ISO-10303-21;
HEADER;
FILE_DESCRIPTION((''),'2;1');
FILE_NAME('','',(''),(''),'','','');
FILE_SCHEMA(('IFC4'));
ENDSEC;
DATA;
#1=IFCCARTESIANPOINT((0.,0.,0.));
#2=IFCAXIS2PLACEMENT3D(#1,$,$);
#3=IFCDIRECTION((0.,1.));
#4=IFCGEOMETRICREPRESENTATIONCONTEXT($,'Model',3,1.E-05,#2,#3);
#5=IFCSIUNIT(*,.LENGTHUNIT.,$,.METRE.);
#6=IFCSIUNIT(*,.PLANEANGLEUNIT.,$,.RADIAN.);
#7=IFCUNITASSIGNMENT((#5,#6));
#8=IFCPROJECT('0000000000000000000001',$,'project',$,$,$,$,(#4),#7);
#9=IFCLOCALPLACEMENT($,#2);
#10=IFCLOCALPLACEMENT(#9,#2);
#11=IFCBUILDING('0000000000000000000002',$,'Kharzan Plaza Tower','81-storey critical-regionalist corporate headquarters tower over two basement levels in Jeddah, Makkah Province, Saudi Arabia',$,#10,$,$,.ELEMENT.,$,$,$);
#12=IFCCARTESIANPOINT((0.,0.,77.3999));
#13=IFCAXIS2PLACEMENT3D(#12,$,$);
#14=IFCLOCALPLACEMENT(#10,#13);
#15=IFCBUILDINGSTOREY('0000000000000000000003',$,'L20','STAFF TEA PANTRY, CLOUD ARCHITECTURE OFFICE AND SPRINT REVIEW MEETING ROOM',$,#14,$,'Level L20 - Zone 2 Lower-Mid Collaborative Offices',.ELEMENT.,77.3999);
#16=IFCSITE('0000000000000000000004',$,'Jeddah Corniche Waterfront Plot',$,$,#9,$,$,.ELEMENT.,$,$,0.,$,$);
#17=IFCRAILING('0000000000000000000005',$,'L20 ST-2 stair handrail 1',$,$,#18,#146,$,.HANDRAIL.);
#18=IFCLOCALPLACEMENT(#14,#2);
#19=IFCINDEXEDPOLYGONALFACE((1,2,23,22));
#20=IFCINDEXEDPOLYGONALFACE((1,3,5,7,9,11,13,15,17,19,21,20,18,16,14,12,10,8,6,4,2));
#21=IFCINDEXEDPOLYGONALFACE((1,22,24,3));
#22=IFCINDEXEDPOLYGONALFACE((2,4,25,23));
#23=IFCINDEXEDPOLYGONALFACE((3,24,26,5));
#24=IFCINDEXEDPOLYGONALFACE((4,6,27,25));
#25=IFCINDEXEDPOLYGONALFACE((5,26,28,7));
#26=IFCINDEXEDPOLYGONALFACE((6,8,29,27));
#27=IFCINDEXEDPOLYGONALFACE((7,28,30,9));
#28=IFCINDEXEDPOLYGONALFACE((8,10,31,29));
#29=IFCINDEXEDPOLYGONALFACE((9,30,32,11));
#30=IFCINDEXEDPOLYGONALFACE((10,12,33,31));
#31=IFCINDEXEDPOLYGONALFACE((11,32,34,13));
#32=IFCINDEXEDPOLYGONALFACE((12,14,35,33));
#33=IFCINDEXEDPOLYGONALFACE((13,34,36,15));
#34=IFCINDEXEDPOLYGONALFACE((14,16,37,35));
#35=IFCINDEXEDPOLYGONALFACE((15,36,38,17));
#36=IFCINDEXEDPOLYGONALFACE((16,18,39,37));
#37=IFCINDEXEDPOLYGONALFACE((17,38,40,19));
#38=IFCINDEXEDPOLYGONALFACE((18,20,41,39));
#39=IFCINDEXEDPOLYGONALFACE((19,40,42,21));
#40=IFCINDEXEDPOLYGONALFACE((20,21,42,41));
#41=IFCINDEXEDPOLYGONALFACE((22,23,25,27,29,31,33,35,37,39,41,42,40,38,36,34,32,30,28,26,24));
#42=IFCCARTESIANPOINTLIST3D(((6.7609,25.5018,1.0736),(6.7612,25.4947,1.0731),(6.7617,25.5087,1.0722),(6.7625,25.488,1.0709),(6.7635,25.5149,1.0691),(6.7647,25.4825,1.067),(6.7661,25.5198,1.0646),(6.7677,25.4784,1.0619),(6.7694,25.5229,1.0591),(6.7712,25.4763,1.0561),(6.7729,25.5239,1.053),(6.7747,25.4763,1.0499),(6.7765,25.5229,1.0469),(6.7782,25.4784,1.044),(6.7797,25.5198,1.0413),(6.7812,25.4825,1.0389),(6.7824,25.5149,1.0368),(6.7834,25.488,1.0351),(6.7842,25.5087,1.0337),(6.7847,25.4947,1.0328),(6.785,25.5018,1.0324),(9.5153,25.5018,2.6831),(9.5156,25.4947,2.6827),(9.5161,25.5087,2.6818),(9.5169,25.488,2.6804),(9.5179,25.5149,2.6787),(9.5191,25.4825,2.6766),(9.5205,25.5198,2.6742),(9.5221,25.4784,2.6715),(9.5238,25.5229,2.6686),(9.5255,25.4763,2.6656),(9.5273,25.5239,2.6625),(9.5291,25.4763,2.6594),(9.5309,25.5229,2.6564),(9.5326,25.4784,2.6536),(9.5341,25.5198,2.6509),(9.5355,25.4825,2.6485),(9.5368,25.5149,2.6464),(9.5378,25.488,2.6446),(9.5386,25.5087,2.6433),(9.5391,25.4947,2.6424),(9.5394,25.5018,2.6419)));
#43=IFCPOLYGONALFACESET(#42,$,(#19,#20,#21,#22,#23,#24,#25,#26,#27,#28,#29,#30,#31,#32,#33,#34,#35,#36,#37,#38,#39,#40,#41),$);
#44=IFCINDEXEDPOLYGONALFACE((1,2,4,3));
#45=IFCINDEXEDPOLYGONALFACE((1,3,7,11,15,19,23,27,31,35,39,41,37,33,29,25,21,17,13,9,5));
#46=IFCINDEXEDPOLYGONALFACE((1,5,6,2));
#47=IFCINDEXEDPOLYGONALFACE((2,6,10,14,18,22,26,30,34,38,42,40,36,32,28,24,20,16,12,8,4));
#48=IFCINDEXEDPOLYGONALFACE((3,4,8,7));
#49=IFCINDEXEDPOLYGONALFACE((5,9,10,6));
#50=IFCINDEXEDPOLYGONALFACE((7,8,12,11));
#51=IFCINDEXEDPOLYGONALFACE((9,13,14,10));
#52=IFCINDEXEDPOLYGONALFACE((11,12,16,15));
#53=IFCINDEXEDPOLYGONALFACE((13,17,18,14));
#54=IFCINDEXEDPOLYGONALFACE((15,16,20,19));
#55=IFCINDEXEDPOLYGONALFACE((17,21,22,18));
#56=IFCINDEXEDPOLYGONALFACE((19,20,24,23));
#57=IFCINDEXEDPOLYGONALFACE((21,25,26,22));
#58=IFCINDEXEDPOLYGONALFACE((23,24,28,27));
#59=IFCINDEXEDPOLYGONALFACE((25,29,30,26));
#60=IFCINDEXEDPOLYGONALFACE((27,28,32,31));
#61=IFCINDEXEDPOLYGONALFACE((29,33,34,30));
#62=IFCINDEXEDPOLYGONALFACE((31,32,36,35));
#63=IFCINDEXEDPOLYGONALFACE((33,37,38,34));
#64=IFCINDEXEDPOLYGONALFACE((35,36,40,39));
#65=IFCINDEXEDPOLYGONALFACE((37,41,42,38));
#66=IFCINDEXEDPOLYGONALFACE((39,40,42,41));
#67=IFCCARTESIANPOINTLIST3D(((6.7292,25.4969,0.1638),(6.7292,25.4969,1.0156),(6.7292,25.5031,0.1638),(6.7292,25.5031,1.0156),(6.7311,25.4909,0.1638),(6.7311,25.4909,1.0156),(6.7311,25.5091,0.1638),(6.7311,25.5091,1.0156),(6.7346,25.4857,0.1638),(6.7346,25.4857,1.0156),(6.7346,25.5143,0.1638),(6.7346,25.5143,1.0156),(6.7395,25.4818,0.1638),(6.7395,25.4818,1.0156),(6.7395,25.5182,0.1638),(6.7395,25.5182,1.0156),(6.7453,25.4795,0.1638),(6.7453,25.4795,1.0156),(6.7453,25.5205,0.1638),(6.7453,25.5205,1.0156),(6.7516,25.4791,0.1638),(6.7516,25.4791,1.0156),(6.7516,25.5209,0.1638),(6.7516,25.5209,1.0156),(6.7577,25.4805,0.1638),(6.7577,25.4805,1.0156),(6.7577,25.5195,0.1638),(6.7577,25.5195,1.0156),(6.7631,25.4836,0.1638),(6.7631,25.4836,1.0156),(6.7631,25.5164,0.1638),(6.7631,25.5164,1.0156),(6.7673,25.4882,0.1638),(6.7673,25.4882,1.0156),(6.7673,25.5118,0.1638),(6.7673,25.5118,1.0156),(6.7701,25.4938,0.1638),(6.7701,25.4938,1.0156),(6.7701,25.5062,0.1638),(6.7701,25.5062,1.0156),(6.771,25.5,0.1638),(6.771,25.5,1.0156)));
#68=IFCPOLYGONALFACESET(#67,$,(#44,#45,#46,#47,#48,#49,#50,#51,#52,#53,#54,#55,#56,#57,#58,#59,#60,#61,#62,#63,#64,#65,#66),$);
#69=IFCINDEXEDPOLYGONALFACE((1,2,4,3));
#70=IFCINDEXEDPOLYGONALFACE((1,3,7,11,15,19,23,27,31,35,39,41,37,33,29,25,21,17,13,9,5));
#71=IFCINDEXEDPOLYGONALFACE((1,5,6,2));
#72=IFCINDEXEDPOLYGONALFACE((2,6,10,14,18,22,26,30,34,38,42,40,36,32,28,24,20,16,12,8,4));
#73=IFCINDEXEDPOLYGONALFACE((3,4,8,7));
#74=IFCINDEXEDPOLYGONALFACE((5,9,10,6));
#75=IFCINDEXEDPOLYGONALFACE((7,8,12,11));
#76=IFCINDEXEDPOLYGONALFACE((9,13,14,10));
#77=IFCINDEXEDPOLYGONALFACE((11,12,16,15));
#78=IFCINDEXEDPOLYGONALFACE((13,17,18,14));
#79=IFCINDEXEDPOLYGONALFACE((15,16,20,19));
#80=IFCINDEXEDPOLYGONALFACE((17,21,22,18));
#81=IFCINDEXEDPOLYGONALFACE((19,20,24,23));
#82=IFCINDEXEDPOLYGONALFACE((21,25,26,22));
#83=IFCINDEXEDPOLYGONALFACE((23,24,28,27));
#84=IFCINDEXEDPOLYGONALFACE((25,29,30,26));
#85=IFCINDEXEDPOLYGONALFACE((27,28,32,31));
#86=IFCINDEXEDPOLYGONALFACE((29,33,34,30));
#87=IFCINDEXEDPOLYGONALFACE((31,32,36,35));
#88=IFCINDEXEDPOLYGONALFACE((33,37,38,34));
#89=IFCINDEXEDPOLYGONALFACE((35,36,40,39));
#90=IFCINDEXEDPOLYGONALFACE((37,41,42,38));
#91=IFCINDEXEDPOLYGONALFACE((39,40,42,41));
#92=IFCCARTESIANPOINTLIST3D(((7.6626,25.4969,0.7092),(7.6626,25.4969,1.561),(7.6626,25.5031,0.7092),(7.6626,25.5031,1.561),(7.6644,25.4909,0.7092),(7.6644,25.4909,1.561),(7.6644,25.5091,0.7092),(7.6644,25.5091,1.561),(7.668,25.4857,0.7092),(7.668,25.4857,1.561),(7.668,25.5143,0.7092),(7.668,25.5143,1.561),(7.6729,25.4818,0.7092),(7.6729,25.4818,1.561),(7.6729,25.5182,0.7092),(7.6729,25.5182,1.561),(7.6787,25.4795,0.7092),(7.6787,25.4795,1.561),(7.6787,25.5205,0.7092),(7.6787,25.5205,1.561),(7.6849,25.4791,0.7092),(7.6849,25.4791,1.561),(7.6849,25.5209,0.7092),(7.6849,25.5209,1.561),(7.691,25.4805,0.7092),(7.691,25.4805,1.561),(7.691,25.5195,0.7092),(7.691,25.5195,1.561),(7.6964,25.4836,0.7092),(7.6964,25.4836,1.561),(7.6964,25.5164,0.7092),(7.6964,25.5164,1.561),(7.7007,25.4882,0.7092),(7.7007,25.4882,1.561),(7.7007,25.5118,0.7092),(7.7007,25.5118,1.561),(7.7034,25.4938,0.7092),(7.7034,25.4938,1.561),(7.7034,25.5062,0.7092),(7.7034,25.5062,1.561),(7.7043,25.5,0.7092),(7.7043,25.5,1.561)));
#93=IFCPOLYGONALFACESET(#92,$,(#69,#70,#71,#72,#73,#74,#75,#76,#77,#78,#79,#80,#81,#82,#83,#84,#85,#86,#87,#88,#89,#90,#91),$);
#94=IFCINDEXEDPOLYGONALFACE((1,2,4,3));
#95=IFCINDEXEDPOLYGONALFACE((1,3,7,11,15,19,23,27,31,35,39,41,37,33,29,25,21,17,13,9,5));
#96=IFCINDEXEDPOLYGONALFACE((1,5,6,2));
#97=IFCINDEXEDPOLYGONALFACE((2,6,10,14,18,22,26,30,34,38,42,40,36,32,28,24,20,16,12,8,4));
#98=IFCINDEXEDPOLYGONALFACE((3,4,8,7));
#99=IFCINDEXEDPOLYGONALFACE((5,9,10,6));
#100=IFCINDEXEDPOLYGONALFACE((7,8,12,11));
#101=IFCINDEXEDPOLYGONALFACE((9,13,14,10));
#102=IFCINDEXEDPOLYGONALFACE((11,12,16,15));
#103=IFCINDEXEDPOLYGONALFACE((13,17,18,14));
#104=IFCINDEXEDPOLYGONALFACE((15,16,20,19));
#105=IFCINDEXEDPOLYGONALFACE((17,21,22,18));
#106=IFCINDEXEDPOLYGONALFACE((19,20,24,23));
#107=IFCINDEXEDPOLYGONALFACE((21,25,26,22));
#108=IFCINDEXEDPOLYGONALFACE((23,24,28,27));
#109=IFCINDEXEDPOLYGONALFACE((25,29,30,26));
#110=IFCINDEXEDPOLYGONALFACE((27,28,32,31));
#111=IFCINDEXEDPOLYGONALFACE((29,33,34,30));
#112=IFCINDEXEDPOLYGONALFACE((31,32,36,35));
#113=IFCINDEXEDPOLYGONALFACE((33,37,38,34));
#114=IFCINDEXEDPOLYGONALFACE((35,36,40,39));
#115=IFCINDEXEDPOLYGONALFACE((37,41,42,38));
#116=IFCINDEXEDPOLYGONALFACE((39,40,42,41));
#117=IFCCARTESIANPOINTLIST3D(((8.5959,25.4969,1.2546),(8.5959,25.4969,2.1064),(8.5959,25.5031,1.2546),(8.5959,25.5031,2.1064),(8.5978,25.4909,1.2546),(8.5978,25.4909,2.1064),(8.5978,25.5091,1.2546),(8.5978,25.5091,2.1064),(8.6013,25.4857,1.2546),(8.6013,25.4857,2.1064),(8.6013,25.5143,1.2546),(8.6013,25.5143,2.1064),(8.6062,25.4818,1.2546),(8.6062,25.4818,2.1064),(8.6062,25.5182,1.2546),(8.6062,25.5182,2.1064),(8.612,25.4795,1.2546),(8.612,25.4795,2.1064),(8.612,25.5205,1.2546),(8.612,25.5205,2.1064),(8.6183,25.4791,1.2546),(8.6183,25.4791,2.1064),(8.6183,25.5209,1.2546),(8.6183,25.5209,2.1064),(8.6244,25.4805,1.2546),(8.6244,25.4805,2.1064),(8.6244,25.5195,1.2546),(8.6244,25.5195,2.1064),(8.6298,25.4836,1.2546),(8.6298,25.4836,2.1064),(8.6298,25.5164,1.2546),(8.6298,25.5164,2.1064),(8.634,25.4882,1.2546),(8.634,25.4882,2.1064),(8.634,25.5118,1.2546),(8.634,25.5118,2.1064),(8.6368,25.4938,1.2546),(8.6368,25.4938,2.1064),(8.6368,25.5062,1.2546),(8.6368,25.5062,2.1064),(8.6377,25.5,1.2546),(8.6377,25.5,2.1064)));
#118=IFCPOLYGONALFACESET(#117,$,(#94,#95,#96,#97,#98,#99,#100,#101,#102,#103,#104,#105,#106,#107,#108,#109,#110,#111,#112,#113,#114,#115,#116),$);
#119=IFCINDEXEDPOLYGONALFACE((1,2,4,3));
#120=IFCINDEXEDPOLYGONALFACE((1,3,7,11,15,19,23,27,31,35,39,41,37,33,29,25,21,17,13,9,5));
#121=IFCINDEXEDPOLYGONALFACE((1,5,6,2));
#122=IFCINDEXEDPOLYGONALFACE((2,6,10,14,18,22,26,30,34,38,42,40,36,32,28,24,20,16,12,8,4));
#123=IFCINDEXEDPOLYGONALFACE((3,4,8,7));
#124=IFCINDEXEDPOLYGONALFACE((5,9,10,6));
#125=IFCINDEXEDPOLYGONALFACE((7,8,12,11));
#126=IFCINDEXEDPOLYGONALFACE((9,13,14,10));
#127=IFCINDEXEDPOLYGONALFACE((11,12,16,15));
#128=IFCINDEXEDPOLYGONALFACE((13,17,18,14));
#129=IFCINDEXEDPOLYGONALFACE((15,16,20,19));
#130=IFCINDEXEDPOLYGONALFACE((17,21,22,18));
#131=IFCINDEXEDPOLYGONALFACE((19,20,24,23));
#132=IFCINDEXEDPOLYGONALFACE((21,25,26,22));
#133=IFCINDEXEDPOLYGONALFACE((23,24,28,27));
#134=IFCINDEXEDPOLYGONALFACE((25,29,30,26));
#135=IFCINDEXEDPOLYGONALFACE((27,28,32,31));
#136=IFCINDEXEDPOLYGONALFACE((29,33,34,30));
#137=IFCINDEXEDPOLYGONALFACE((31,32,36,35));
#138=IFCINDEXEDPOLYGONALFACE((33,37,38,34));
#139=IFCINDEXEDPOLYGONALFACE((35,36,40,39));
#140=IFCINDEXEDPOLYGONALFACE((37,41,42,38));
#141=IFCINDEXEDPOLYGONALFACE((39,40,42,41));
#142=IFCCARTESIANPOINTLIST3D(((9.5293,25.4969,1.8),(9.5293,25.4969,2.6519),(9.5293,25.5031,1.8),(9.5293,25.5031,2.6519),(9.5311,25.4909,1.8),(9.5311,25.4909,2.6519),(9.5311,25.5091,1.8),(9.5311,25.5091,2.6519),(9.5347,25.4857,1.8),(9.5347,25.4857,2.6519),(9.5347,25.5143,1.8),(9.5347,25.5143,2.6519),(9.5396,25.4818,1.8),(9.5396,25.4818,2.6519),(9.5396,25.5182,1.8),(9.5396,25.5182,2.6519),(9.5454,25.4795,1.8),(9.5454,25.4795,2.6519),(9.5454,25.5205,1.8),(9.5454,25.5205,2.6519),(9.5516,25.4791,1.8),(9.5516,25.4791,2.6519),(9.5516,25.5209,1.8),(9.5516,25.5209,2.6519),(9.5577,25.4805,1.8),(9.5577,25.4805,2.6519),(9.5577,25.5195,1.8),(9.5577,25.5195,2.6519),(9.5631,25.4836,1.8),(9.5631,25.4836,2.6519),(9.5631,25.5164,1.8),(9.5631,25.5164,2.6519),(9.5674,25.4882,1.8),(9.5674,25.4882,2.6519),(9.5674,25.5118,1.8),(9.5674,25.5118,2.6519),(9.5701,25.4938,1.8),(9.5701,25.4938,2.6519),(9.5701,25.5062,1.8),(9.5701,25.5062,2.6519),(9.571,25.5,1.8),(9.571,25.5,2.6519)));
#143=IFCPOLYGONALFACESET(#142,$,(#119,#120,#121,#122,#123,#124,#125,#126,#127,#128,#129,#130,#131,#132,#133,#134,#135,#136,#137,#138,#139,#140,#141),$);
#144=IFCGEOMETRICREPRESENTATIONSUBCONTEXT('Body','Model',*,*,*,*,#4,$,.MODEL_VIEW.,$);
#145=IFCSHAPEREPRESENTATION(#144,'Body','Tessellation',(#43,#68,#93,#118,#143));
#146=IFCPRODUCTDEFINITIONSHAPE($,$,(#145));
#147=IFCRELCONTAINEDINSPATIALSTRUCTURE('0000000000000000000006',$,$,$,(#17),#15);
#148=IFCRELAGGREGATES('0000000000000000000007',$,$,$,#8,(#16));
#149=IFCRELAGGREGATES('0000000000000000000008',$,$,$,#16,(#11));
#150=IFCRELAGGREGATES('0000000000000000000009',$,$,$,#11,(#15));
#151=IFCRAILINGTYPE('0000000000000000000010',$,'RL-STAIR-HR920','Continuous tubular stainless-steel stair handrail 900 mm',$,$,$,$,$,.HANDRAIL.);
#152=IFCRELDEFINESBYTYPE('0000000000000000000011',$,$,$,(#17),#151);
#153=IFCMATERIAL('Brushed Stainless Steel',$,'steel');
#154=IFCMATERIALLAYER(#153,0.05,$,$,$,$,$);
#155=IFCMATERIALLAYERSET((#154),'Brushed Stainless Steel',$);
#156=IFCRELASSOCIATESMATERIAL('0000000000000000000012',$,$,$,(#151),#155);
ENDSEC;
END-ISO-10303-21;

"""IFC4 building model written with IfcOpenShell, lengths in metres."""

from ifc_helpers import new_model, si_unit, direction, frame, origin, origin_2d, place, context, subcontext, project, spatial, circle, extrude, source, transform, mapped, material, layer, layer_set, type_object, element, save


model = new_model("IFC4")

# Units and contexts
model_context = context("Model", 3, precision=1e-05, world=origin(), true_north=direction((0.0, 1.0)))
body_context = subcontext(model_context, "Body", "Model", "MODEL_VIEW")
ifc_project = project(units=[si_unit("LENGTHUNIT", "METRE"), si_unit("PLANEANGLEUNIT", "RADIAN")], contexts=[model_context])

# Site, building, storey
site_placement = place(None, origin())
site = spatial("IfcSite", under=ifc_project, at=site_placement, Name="Jeddah Corniche Waterfront Plot", CompositionType="ELEMENT", RefElevation=0.0)
building_placement = place(site_placement, origin())
building = spatial("IfcBuilding", under=site, at=building_placement, Name="Kharzan Plaza Tower", Description="81-storey critical-regionalist corporate headquarters tower over two basement levels in Jeddah, Makkah Province, Saudi Arabia", CompositionType="ELEMENT")
storey_placement = place(building_placement, frame((0.0, 0.0, 77.3999)))
storey = spatial("IfcBuildingStorey", under=building, at=storey_placement, Name="L20", Description="STAFF TEA PANTRY, CLOUD ARCHITECTURE OFFICE AND SPRINT REVIEW MEETING ROOM", LongName="Level L20 - Zone 2 Lower-Mid Collaborative Offices", CompositionType="ELEMENT", Elevation=77.3999)

# Shared definitions
ifc_material_1 = material(Name="Brushed Stainless Steel", Category="steel")

# Railing
ifc_layer_1 = layer(ifc_material_1, 0.05)
ifc_layer_set_1 = layer_set([ifc_layer_1], Name="Brushed Stainless Steel")
railing_type_1 = type_object("IfcRailingType", Name="RL-STAIR-HR920", Description="Continuous tubular stainless-steel stair handrail 900 mm", PredefinedType="HANDRAIL", material=ifc_layer_set_1)
shared_shape_1 = source(origin(), body_context, "Body", "SweptSolid", [
    extrude(circle(Radius=0.0239, at=origin_2d()), frame((0.0229, 0.0, 0.8892), z_axis=(0.863394, 0.0, 0.504531), x_axis=(0.0, 1.0, 0.0)), (0.0, 0.0, 1.0), 3.1902),
    extrude(circle(Radius=0.021, at=origin_2d()), origin(), (0.0, 0.0, 1.0), 0.8518),
    extrude(circle(Radius=0.021, at=origin_2d()), frame((0.9333, 0.0, 0.5454)), (0.0, 0.0, 1.0), 0.8518),
    extrude(circle(Radius=0.021, at=origin_2d()), frame((1.8667, 0.0, 1.0908)), (0.0, 0.0, 1.0), 0.8518),
    extrude(circle(Radius=0.021, at=origin_2d()), frame((2.8, 0.0, 1.6362)), (0.0, 0.0, 1.0), 0.8518),
])
railing_1_placement = place(storey_placement, frame((6.75, 25.5, 0.1638)))
element("IfcRailing", 1, at=railing_1_placement, inside=storey, type_object=railing_type_1, Name="L20 ST-2 stair handrail 1", PredefinedType="HANDRAIL", context=body_context, shape_type="MappedRepresentation", body=[
    mapped(shared_shape_1, transform((0.0, 0.0, 0.0), x_axis=(1.0, 0.0, 0.0), y_axis=(0.0, 1.0, 0.0), z_axis=(0.0, 0.0, 1.0))),
])

save(model, "model.ifc")
